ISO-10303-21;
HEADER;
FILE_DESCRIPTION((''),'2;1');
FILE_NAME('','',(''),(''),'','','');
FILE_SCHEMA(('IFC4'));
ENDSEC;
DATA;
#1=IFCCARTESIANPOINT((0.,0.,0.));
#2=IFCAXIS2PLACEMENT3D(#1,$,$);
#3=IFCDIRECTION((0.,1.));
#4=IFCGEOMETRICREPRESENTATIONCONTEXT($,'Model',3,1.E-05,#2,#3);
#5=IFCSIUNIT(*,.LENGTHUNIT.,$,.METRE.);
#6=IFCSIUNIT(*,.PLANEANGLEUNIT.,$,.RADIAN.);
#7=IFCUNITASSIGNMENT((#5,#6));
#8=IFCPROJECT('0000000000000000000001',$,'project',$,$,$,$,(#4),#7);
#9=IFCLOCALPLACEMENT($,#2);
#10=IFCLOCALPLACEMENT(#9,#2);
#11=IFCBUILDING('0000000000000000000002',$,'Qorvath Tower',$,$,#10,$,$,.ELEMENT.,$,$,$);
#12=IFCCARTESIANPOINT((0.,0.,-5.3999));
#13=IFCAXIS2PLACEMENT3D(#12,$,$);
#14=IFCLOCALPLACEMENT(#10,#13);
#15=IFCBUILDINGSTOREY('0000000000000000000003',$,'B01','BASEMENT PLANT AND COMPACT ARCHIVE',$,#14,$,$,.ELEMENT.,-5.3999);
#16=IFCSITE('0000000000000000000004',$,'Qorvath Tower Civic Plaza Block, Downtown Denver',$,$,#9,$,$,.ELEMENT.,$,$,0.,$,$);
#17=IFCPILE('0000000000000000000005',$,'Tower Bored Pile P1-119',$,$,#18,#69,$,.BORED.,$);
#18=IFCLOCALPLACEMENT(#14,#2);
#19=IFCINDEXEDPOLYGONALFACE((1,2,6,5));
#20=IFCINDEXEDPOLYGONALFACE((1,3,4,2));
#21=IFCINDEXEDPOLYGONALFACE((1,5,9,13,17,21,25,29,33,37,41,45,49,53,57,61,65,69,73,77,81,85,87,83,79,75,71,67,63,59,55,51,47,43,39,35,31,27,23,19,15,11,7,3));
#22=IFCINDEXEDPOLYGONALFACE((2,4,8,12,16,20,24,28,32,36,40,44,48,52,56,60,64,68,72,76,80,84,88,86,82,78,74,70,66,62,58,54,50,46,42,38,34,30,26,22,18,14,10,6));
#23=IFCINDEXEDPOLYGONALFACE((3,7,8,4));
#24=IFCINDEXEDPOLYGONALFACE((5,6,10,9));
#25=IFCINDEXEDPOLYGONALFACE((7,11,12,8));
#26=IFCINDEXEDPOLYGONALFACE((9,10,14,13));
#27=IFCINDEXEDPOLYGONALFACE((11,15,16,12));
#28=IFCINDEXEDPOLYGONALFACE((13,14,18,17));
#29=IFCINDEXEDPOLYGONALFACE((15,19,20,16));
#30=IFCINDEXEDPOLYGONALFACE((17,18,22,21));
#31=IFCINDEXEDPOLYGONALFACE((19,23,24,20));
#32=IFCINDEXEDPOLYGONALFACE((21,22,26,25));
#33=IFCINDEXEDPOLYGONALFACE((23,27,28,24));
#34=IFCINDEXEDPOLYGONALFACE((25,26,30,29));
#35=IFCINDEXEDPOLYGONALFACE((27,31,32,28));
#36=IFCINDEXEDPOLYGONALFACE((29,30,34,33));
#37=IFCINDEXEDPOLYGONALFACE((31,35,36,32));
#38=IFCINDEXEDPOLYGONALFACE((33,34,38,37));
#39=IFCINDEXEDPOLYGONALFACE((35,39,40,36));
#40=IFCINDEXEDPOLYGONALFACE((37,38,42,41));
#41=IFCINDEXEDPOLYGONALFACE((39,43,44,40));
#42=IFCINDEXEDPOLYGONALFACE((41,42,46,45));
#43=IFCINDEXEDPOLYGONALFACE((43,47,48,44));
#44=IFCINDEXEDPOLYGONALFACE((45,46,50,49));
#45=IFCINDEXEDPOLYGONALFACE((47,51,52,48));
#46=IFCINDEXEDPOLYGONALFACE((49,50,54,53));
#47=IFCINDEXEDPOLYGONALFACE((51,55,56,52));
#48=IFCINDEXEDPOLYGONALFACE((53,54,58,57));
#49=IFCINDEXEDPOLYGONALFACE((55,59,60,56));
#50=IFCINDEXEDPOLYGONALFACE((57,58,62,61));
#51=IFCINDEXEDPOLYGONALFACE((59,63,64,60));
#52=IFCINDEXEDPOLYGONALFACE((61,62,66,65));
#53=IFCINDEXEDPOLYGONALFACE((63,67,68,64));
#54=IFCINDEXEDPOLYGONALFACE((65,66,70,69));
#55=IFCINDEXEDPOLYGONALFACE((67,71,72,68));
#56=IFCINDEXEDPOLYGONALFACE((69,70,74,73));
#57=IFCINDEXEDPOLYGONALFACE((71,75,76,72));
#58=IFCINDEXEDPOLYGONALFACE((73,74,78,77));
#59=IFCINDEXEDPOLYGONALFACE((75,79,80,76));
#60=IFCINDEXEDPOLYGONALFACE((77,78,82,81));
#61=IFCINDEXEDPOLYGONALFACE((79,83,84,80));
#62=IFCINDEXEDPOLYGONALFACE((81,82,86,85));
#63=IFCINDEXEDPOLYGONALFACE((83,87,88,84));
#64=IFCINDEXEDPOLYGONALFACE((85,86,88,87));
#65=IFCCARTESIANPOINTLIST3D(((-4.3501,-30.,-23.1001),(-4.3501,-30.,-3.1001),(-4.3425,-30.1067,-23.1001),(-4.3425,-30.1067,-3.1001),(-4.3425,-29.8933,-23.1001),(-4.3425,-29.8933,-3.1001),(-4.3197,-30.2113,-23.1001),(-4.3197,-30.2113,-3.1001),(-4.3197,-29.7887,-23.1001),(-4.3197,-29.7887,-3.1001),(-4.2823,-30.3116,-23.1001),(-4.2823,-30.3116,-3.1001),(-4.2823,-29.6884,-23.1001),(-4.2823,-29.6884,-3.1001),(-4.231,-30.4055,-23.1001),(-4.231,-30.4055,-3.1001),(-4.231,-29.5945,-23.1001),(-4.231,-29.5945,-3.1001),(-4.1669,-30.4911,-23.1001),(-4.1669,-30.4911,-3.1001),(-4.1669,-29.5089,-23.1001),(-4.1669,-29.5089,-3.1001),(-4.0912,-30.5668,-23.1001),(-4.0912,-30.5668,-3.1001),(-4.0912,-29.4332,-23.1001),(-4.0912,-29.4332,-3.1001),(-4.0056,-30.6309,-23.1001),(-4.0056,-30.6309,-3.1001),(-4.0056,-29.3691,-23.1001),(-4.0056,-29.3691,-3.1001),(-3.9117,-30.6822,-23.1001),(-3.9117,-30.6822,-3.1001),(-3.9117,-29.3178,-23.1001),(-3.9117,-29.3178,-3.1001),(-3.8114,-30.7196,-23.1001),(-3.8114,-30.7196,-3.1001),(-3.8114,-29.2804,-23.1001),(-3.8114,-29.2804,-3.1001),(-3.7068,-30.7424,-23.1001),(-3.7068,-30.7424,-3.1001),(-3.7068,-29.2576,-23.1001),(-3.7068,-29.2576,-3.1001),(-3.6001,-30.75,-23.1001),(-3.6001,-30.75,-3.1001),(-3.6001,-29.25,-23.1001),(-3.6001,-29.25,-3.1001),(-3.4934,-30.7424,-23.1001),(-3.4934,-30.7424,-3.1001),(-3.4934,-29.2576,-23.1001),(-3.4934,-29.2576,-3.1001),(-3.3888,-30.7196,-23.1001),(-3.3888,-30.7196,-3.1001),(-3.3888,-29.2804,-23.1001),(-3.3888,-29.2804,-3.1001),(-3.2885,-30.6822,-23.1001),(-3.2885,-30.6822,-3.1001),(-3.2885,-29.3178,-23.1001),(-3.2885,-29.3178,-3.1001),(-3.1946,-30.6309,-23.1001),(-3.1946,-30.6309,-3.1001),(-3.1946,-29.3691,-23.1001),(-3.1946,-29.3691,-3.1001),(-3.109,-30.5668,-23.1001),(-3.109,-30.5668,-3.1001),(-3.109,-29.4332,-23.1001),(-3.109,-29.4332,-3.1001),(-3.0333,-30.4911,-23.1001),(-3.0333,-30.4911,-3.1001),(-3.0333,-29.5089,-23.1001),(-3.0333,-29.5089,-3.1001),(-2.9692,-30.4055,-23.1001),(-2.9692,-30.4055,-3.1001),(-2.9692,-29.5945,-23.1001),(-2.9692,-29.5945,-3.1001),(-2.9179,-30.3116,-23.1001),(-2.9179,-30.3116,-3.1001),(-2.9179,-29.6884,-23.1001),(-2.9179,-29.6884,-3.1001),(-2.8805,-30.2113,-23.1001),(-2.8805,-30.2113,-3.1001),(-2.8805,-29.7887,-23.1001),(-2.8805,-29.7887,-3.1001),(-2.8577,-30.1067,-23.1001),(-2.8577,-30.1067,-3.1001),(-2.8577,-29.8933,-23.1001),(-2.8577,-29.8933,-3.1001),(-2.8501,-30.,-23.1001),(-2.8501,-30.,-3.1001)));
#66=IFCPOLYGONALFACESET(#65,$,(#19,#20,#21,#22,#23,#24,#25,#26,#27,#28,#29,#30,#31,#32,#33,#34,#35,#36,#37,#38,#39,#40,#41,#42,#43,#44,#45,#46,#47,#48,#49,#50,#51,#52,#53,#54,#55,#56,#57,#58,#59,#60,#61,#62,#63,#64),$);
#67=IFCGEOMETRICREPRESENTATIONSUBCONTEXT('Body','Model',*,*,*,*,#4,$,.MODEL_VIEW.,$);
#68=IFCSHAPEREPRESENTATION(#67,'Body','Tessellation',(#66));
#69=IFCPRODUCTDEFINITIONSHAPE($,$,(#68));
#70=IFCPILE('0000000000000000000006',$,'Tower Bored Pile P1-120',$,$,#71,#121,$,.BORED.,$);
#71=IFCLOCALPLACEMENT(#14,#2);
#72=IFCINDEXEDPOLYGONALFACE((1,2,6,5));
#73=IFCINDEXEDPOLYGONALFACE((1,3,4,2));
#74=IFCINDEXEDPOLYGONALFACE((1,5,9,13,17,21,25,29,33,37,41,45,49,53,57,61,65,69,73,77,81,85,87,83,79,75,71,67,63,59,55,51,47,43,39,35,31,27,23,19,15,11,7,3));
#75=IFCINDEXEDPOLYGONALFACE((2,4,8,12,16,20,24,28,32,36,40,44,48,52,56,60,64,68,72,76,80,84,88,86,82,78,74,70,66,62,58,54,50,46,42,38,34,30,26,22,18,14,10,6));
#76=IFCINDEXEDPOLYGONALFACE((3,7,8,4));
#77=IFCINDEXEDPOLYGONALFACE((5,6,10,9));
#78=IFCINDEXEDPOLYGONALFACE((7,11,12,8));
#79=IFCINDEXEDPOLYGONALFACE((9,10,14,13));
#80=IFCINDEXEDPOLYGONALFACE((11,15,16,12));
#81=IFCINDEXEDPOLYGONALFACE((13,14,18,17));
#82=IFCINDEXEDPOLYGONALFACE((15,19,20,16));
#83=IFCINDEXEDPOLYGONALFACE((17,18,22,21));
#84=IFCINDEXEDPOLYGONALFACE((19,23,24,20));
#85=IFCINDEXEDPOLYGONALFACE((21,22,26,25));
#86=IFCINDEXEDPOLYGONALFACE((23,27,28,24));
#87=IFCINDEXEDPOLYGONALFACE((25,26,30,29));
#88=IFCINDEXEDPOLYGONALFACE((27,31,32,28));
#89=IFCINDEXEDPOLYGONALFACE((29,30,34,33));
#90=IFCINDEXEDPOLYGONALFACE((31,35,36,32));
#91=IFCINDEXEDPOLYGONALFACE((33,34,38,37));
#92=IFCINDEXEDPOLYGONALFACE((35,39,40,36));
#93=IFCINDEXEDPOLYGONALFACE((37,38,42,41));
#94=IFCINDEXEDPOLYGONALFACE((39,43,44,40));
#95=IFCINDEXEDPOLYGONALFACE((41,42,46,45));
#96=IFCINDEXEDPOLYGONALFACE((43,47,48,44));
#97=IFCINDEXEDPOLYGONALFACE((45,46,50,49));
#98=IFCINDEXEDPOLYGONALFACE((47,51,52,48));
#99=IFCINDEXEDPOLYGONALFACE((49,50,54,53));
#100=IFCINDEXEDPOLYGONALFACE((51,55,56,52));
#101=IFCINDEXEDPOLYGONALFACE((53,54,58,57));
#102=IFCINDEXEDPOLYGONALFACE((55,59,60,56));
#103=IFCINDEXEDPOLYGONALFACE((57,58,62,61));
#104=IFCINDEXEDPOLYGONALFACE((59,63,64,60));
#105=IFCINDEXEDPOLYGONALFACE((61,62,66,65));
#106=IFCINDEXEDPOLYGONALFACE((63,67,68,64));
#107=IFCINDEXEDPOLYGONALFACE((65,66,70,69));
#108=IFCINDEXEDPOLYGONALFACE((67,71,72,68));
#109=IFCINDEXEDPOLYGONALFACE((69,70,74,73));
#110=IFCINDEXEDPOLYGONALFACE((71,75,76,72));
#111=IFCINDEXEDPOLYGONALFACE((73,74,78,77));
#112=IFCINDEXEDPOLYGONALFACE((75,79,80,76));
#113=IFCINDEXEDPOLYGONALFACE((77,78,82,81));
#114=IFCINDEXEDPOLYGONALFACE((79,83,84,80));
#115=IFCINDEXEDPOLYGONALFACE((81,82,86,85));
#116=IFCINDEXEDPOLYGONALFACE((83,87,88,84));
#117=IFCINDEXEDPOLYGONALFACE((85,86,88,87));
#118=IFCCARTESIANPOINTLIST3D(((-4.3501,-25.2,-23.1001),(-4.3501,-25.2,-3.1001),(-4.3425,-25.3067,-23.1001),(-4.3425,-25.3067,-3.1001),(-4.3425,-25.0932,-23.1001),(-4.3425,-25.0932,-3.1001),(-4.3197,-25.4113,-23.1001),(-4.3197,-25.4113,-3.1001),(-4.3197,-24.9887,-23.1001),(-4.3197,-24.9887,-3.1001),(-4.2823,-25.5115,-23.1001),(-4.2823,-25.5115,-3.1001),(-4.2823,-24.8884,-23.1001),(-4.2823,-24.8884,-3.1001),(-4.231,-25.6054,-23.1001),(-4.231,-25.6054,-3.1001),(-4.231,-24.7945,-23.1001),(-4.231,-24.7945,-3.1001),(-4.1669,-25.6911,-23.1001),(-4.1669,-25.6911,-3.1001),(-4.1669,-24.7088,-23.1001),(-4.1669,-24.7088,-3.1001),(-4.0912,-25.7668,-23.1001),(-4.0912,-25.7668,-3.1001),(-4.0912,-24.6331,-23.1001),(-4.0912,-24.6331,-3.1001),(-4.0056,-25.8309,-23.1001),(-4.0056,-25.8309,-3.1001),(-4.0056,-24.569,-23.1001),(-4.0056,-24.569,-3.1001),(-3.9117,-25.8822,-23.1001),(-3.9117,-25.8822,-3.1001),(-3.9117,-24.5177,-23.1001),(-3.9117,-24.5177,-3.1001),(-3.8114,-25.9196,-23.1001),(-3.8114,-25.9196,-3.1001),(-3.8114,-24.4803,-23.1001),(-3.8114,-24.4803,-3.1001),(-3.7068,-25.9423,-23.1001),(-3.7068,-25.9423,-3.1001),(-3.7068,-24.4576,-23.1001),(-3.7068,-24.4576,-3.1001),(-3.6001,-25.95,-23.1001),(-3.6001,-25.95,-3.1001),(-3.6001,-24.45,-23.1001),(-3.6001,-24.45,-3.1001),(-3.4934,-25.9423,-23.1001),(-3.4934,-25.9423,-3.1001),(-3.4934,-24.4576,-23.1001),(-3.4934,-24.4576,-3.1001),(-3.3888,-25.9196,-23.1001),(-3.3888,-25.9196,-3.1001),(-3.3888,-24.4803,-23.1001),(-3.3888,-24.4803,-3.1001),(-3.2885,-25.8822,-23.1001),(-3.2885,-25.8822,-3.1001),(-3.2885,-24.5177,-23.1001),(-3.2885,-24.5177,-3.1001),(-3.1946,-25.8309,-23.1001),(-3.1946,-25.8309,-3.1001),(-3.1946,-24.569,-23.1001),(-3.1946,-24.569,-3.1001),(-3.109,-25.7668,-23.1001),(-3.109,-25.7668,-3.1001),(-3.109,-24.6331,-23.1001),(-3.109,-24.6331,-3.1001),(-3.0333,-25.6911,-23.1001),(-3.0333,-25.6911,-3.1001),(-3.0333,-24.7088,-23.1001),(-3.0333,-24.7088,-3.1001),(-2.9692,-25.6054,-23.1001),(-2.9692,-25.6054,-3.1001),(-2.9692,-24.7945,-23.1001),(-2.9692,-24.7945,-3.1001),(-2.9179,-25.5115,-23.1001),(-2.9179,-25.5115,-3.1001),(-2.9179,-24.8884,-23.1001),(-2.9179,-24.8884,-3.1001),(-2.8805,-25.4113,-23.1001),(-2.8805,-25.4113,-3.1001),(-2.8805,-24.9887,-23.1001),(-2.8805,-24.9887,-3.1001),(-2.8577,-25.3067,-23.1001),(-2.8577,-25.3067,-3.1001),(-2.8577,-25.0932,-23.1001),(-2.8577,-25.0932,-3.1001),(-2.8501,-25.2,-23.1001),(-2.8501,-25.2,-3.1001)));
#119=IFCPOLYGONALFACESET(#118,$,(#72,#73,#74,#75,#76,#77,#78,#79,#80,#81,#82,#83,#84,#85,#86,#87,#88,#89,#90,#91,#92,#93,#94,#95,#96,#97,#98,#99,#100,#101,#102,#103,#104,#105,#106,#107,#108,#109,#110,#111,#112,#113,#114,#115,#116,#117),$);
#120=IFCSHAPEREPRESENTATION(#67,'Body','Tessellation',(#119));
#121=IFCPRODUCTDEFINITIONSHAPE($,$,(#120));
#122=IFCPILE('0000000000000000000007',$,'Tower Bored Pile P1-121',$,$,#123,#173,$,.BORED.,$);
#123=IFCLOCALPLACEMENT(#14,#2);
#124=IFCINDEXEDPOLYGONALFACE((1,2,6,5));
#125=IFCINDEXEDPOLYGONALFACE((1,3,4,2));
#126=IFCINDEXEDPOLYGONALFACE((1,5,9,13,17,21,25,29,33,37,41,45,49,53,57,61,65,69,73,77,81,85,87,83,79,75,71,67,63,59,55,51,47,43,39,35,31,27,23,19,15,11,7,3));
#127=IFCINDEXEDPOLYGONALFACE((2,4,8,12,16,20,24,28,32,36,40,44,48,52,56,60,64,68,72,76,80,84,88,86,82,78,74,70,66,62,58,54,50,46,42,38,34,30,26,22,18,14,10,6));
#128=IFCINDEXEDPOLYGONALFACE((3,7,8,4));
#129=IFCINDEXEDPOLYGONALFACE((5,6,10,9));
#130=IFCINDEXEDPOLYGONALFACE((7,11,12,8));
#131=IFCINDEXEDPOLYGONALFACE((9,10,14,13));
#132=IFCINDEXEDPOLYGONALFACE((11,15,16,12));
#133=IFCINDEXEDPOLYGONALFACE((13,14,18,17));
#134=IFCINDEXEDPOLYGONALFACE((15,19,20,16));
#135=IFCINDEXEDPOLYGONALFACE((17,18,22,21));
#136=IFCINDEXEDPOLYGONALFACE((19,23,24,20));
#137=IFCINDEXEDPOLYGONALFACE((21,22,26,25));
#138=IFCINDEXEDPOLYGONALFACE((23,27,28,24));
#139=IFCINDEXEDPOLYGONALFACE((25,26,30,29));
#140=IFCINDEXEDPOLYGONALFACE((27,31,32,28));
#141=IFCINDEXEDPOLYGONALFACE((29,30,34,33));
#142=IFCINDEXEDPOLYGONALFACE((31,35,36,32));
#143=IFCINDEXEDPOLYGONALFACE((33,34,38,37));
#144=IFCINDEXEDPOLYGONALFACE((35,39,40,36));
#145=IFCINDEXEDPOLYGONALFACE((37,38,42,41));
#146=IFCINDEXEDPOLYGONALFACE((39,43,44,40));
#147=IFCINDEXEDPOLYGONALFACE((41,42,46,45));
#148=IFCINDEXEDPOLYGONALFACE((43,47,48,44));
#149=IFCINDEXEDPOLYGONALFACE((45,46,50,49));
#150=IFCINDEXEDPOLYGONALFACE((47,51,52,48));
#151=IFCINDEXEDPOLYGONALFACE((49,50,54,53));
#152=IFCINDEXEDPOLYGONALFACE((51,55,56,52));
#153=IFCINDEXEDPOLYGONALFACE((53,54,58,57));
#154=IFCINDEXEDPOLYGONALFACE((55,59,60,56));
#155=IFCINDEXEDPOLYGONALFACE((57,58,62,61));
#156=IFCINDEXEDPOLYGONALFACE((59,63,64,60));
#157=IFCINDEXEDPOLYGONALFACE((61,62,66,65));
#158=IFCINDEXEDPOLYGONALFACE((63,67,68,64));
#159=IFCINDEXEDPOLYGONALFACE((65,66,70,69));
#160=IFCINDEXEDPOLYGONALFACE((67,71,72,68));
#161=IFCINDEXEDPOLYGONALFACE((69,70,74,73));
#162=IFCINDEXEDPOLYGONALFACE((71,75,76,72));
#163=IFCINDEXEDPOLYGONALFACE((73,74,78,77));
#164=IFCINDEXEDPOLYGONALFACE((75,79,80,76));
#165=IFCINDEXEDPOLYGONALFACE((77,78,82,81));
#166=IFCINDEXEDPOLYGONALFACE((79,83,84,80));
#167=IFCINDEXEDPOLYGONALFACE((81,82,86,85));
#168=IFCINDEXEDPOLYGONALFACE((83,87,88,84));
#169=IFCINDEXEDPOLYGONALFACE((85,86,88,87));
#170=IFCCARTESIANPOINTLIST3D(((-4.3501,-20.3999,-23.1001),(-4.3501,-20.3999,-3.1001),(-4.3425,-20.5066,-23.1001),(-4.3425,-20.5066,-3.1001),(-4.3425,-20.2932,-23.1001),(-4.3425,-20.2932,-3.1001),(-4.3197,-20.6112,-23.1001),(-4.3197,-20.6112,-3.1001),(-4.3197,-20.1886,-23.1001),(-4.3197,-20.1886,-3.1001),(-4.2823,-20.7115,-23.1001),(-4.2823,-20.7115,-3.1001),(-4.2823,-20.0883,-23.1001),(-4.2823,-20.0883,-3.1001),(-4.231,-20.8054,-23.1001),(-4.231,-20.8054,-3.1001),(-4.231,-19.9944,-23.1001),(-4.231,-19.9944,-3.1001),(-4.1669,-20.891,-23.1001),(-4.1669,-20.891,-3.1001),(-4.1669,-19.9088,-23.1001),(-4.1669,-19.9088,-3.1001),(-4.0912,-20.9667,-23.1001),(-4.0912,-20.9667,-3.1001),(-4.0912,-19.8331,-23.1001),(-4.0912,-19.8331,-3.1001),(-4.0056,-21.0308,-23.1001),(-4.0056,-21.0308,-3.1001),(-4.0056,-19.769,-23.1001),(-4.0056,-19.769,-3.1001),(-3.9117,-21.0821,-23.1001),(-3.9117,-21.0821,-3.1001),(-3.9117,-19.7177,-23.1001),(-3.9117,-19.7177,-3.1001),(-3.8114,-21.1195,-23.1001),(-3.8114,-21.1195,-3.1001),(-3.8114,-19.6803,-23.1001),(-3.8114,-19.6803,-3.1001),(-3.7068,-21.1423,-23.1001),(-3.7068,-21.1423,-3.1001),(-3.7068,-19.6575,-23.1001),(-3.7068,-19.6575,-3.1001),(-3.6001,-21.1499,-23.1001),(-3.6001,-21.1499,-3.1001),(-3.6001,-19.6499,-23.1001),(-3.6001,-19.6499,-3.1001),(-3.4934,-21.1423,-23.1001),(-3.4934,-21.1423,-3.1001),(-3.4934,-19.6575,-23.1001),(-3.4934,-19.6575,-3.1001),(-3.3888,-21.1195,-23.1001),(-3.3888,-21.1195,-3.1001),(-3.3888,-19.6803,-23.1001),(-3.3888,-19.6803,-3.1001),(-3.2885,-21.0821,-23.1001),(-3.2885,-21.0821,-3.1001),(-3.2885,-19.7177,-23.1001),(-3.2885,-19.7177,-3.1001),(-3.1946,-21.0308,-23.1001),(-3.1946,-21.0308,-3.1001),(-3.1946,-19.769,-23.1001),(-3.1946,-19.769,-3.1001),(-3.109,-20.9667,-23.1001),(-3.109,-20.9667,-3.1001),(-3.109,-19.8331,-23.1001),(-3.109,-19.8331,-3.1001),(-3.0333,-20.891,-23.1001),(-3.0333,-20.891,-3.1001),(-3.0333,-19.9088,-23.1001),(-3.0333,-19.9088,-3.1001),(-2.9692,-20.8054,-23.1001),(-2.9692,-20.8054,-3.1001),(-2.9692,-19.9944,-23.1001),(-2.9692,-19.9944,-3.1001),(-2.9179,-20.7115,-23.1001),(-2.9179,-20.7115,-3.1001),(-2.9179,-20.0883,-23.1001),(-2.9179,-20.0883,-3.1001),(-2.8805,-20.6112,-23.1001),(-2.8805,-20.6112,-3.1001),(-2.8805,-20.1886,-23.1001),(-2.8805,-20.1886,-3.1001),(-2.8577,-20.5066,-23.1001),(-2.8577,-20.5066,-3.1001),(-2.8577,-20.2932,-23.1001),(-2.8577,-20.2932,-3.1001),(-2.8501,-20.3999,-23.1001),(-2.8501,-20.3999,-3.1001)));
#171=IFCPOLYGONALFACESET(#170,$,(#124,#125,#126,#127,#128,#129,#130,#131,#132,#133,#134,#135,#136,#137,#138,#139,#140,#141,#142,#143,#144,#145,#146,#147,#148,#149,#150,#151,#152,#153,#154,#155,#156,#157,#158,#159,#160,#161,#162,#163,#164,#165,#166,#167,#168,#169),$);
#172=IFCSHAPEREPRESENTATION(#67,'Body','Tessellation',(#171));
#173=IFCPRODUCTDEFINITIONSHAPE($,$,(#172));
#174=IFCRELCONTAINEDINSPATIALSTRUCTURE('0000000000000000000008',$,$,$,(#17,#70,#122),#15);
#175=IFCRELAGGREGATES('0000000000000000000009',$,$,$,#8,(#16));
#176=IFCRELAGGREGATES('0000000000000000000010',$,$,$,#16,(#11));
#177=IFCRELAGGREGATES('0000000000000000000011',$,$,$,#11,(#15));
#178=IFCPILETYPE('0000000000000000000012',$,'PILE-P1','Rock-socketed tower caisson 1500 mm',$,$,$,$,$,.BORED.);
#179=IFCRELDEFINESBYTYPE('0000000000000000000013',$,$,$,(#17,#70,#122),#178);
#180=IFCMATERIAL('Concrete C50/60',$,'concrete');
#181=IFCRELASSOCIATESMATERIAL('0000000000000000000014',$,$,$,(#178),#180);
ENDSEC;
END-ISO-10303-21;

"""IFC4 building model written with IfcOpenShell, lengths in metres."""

from ifc_helpers import new_model, si_unit, direction, frame, origin, origin_2d, place, context, subcontext, project, spatial, circle, extrude, material, material_profile, profile_set, type_object, element, save


model = new_model("IFC4")

# Units and contexts
model_context = context("Model", 3, precision=1e-05, world=origin(), true_north=direction((0.0, 1.0)))
body_context = subcontext(model_context, "Body", "Model", "MODEL_VIEW")
ifc_project = project(units=[si_unit("LENGTHUNIT", "METRE"), si_unit("PLANEANGLEUNIT", "RADIAN")], contexts=[model_context])

# Site, building, storey
site_placement = place(None, origin())
site = spatial("IfcSite", under=ifc_project, at=site_placement, Name="Qorvath Tower Civic Plaza Block, Downtown Denver", CompositionType="ELEMENT", RefElevation=0.0)
building_placement = place(site_placement, origin())
building = spatial("IfcBuilding", under=site, at=building_placement, Name="Qorvath Tower", CompositionType="ELEMENT")
storey_placement = place(building_placement, frame((0.0, 0.0, -5.3999)))
storey = spatial("IfcBuildingStorey", under=building, at=storey_placement, Name="B01", Description="BASEMENT PLANT AND COMPACT ARCHIVE", CompositionType="ELEMENT", Elevation=-5.3999)

# Piles
ifc_material_1 = material(Name="Concrete C50/60", Category="concrete")
ifc_material_profile_1 = material_profile(ifc_material_1, circle(Radius=0.75, at=origin_2d()), Name="BORED PILE 1500")
ifc_profile_set_1 = profile_set([ifc_material_profile_1], Name="Concrete C50/60")
pile_type = type_object("IfcPileType", Name="PILE-P1", Description="Rock-socketed tower caisson 1500 mm", PredefinedType="BORED", material=ifc_profile_set_1)
for number, where, z_axis, x_axis, name in (
    (1, (-3.6001, -30.0, -3.1001), (0.0, 0.0, -1.0), (1.0, 0.0, 0.0), "Tower Bored Pile P1-119"),
    (2, (-3.6001, -25.2, -3.1001), (0.0, 0.0, -1.0), (1.0, 0.0, 0.0), "Tower Bored Pile P1-120"),
    (3, (-3.6001, -20.3999, -3.1001), (0.0, 0.0, -1.0), (1.0, 0.0, 0.0), "Tower Bored Pile P1-121"),
):
    element("IfcPile", number, at=place(storey_placement, frame(where, z_axis=z_axis, x_axis=x_axis)), inside=storey, type_object=pile_type, Name=name, PredefinedType="BORED", context=body_context, shape_type="SweptSolid", body=[
        extrude(circle(Radius=0.75, at=origin_2d()), origin(), (0.0, 0.0, 1.0), 20.0),
    ])

save(model, "model.ifc")
